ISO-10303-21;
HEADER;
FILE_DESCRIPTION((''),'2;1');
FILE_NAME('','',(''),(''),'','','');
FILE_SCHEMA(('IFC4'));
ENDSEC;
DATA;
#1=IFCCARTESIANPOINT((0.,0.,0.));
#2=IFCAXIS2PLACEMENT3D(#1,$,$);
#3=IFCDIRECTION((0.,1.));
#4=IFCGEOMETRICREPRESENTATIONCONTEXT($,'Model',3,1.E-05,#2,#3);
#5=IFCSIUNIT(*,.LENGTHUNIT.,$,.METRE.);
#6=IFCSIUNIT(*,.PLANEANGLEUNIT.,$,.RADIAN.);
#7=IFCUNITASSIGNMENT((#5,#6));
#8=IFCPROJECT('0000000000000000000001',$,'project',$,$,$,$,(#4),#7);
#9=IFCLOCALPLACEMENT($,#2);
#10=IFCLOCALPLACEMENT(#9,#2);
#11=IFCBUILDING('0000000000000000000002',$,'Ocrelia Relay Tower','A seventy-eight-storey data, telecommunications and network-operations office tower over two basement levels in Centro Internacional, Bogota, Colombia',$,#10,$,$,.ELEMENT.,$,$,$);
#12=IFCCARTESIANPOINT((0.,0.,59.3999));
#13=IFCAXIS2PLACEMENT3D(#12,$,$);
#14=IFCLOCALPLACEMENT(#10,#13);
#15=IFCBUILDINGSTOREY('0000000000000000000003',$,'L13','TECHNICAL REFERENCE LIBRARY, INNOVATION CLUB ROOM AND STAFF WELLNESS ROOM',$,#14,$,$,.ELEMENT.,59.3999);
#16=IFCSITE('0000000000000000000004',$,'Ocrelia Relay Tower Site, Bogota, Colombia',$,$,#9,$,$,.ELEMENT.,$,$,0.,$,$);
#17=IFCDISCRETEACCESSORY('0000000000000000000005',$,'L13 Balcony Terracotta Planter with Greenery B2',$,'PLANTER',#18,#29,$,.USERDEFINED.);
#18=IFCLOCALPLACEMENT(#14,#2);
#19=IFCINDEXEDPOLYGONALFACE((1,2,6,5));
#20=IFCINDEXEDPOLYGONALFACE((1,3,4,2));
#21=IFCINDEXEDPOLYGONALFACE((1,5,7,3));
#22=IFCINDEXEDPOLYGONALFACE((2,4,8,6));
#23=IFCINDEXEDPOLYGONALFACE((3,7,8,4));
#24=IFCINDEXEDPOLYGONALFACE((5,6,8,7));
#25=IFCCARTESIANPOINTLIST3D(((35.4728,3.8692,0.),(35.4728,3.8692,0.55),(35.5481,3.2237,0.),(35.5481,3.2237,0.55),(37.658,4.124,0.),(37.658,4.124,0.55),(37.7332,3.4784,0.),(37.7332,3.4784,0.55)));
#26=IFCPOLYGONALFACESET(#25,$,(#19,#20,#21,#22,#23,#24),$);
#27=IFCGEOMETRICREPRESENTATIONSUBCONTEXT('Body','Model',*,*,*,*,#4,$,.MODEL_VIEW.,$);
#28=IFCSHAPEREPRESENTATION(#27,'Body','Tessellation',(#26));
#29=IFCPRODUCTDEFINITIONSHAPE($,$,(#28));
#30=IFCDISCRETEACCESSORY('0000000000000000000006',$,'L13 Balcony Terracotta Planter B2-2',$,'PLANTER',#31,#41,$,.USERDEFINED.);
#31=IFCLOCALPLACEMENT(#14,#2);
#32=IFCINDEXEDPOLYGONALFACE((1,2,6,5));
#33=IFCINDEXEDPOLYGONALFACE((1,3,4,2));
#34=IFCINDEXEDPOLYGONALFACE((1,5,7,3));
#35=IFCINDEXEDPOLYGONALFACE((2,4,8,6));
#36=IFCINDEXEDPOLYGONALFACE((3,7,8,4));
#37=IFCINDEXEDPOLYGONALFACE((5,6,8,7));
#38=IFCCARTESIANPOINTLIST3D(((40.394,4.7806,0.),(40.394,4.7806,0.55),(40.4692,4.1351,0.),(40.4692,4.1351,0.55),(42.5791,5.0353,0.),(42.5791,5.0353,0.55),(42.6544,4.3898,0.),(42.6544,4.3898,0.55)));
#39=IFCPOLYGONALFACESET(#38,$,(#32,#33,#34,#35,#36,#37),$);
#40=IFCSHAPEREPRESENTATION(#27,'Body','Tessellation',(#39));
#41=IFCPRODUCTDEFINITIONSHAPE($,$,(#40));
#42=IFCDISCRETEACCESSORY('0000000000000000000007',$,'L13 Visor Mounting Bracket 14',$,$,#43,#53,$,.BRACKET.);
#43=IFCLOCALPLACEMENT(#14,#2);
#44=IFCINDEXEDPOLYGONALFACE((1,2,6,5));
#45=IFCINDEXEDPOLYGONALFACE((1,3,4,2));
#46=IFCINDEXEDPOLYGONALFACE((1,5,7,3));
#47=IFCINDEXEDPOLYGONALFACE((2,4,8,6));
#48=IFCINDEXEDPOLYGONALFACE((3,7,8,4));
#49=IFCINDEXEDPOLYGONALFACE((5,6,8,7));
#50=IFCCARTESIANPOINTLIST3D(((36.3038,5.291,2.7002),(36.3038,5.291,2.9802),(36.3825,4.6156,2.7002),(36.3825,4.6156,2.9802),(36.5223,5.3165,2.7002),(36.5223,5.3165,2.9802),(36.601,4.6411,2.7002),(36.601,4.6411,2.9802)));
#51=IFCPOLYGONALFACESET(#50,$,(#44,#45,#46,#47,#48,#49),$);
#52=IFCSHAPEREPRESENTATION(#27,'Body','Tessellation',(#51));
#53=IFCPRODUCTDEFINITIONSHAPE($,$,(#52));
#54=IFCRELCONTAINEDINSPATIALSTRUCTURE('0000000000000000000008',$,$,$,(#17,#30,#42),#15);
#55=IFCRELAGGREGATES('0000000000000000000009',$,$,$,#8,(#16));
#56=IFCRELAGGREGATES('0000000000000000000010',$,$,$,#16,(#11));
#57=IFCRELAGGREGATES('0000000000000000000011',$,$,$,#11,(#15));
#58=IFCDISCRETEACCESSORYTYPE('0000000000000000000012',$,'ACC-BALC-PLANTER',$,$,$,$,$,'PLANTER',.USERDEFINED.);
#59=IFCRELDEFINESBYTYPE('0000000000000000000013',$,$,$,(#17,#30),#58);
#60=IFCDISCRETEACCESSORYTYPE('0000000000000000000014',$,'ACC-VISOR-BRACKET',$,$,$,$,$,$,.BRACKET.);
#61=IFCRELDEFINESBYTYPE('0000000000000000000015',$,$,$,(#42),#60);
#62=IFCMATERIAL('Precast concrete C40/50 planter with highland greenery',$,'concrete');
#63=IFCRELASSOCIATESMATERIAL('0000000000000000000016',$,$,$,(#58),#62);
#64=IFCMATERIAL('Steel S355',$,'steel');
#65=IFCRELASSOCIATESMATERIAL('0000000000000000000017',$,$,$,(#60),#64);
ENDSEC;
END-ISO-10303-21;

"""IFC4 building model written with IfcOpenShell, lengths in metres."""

from ifc_helpers import new_model, si_unit, direction, frame, origin, origin_2d, place, context, subcontext, project, spatial, rectangle, extrude, material, type_object, element, save


model = new_model("IFC4")

# Units and contexts
model_context = context("Model", 3, precision=1e-05, world=origin(), true_north=direction((0.0, 1.0)))
body_context = subcontext(model_context, "Body", "Model", "MODEL_VIEW")
ifc_project = project(units=[si_unit("LENGTHUNIT", "METRE"), si_unit("PLANEANGLEUNIT", "RADIAN")], contexts=[model_context])

# Site, building, storey
site_placement = place(None, origin())
site = spatial("IfcSite", under=ifc_project, at=site_placement, Name="Ocrelia Relay Tower Site, Bogota, Colombia", CompositionType="ELEMENT", RefElevation=0.0)
building_placement = place(site_placement, origin())
building = spatial("IfcBuilding", under=site, at=building_placement, Name="Ocrelia Relay Tower", Description="A seventy-eight-storey data, telecommunications and network-operations office tower over two basement levels in Centro Internacional, Bogota, Colombia", CompositionType="ELEMENT")
storey_placement = place(building_placement, frame((0.0, 0.0, 59.3999)))
storey = spatial("IfcBuildingStorey", under=building, at=storey_placement, Name="L13", Description="TECHNICAL REFERENCE LIBRARY, INNOVATION CLUB ROOM AND STAFF WELLNESS ROOM", CompositionType="ELEMENT", Elevation=59.3999)

# Shared definitions
ifc_material_1 = material(Name="Steel S355", Category="steel")

# Discrete accessories
ifc_material_2 = material(Name="Precast concrete C40/50 planter with highland greenery", Category="concrete")
discrete_accessory_type_1 = type_object("IfcDiscreteAccessoryType", Name="ACC-BALC-PLANTER", ElementType="PLANTER", PredefinedType="USERDEFINED", material=ifc_material_2)
for number, where, z_axis, x_axis, name in (
    (1, (36.603, 3.6738, 0.0), (0.0, 0.0, 1.0), (-0.993273, -0.115796, 0.0), "L13 Balcony Terracotta Planter with Greenery B2"),
    (2, (41.5242, 4.5852, 0.0), (0.0, 0.0, 1.0), (-0.993273, -0.115796, 0.0), "L13 Balcony Terracotta Planter B2-2"),
):
    element("IfcDiscreteAccessory", number, at=place(storey_placement, frame(where, z_axis=z_axis, x_axis=x_axis)), inside=storey, type_object=discrete_accessory_type_1, Name=name, ObjectType="PLANTER", PredefinedType="USERDEFINED", context=body_context, shape_type="SweptSolid", body=[
        extrude(rectangle(XDim=2.2, YDim=0.6499, at=origin_2d()), origin(), (0.0, 0.0, 1.0), 0.55),
    ])
discrete_accessory_type_2 = type_object("IfcDiscreteAccessoryType", Name="ACC-VISOR-BRACKET", PredefinedType="BRACKET", material=ifc_material_1)
discrete_accessory_placement = place(storey_placement, frame((36.4524, 4.9661, 2.7002), z_axis=(0.0, 0.0, 1.0), x_axis=(0.993272, 0.115807, 0.0)))
element("IfcDiscreteAccessory", 3, at=discrete_accessory_placement, inside=storey, type_object=discrete_accessory_type_2, Name="L13 Visor Mounting Bracket 14", PredefinedType="BRACKET", context=body_context, shape_type="SweptSolid", body=[
    extrude(rectangle(XDim=0.22, YDim=0.6799, at=origin_2d()), origin(), (0.0, 0.0, 1.0), 0.28),
])

save(model, "model.ifc")
